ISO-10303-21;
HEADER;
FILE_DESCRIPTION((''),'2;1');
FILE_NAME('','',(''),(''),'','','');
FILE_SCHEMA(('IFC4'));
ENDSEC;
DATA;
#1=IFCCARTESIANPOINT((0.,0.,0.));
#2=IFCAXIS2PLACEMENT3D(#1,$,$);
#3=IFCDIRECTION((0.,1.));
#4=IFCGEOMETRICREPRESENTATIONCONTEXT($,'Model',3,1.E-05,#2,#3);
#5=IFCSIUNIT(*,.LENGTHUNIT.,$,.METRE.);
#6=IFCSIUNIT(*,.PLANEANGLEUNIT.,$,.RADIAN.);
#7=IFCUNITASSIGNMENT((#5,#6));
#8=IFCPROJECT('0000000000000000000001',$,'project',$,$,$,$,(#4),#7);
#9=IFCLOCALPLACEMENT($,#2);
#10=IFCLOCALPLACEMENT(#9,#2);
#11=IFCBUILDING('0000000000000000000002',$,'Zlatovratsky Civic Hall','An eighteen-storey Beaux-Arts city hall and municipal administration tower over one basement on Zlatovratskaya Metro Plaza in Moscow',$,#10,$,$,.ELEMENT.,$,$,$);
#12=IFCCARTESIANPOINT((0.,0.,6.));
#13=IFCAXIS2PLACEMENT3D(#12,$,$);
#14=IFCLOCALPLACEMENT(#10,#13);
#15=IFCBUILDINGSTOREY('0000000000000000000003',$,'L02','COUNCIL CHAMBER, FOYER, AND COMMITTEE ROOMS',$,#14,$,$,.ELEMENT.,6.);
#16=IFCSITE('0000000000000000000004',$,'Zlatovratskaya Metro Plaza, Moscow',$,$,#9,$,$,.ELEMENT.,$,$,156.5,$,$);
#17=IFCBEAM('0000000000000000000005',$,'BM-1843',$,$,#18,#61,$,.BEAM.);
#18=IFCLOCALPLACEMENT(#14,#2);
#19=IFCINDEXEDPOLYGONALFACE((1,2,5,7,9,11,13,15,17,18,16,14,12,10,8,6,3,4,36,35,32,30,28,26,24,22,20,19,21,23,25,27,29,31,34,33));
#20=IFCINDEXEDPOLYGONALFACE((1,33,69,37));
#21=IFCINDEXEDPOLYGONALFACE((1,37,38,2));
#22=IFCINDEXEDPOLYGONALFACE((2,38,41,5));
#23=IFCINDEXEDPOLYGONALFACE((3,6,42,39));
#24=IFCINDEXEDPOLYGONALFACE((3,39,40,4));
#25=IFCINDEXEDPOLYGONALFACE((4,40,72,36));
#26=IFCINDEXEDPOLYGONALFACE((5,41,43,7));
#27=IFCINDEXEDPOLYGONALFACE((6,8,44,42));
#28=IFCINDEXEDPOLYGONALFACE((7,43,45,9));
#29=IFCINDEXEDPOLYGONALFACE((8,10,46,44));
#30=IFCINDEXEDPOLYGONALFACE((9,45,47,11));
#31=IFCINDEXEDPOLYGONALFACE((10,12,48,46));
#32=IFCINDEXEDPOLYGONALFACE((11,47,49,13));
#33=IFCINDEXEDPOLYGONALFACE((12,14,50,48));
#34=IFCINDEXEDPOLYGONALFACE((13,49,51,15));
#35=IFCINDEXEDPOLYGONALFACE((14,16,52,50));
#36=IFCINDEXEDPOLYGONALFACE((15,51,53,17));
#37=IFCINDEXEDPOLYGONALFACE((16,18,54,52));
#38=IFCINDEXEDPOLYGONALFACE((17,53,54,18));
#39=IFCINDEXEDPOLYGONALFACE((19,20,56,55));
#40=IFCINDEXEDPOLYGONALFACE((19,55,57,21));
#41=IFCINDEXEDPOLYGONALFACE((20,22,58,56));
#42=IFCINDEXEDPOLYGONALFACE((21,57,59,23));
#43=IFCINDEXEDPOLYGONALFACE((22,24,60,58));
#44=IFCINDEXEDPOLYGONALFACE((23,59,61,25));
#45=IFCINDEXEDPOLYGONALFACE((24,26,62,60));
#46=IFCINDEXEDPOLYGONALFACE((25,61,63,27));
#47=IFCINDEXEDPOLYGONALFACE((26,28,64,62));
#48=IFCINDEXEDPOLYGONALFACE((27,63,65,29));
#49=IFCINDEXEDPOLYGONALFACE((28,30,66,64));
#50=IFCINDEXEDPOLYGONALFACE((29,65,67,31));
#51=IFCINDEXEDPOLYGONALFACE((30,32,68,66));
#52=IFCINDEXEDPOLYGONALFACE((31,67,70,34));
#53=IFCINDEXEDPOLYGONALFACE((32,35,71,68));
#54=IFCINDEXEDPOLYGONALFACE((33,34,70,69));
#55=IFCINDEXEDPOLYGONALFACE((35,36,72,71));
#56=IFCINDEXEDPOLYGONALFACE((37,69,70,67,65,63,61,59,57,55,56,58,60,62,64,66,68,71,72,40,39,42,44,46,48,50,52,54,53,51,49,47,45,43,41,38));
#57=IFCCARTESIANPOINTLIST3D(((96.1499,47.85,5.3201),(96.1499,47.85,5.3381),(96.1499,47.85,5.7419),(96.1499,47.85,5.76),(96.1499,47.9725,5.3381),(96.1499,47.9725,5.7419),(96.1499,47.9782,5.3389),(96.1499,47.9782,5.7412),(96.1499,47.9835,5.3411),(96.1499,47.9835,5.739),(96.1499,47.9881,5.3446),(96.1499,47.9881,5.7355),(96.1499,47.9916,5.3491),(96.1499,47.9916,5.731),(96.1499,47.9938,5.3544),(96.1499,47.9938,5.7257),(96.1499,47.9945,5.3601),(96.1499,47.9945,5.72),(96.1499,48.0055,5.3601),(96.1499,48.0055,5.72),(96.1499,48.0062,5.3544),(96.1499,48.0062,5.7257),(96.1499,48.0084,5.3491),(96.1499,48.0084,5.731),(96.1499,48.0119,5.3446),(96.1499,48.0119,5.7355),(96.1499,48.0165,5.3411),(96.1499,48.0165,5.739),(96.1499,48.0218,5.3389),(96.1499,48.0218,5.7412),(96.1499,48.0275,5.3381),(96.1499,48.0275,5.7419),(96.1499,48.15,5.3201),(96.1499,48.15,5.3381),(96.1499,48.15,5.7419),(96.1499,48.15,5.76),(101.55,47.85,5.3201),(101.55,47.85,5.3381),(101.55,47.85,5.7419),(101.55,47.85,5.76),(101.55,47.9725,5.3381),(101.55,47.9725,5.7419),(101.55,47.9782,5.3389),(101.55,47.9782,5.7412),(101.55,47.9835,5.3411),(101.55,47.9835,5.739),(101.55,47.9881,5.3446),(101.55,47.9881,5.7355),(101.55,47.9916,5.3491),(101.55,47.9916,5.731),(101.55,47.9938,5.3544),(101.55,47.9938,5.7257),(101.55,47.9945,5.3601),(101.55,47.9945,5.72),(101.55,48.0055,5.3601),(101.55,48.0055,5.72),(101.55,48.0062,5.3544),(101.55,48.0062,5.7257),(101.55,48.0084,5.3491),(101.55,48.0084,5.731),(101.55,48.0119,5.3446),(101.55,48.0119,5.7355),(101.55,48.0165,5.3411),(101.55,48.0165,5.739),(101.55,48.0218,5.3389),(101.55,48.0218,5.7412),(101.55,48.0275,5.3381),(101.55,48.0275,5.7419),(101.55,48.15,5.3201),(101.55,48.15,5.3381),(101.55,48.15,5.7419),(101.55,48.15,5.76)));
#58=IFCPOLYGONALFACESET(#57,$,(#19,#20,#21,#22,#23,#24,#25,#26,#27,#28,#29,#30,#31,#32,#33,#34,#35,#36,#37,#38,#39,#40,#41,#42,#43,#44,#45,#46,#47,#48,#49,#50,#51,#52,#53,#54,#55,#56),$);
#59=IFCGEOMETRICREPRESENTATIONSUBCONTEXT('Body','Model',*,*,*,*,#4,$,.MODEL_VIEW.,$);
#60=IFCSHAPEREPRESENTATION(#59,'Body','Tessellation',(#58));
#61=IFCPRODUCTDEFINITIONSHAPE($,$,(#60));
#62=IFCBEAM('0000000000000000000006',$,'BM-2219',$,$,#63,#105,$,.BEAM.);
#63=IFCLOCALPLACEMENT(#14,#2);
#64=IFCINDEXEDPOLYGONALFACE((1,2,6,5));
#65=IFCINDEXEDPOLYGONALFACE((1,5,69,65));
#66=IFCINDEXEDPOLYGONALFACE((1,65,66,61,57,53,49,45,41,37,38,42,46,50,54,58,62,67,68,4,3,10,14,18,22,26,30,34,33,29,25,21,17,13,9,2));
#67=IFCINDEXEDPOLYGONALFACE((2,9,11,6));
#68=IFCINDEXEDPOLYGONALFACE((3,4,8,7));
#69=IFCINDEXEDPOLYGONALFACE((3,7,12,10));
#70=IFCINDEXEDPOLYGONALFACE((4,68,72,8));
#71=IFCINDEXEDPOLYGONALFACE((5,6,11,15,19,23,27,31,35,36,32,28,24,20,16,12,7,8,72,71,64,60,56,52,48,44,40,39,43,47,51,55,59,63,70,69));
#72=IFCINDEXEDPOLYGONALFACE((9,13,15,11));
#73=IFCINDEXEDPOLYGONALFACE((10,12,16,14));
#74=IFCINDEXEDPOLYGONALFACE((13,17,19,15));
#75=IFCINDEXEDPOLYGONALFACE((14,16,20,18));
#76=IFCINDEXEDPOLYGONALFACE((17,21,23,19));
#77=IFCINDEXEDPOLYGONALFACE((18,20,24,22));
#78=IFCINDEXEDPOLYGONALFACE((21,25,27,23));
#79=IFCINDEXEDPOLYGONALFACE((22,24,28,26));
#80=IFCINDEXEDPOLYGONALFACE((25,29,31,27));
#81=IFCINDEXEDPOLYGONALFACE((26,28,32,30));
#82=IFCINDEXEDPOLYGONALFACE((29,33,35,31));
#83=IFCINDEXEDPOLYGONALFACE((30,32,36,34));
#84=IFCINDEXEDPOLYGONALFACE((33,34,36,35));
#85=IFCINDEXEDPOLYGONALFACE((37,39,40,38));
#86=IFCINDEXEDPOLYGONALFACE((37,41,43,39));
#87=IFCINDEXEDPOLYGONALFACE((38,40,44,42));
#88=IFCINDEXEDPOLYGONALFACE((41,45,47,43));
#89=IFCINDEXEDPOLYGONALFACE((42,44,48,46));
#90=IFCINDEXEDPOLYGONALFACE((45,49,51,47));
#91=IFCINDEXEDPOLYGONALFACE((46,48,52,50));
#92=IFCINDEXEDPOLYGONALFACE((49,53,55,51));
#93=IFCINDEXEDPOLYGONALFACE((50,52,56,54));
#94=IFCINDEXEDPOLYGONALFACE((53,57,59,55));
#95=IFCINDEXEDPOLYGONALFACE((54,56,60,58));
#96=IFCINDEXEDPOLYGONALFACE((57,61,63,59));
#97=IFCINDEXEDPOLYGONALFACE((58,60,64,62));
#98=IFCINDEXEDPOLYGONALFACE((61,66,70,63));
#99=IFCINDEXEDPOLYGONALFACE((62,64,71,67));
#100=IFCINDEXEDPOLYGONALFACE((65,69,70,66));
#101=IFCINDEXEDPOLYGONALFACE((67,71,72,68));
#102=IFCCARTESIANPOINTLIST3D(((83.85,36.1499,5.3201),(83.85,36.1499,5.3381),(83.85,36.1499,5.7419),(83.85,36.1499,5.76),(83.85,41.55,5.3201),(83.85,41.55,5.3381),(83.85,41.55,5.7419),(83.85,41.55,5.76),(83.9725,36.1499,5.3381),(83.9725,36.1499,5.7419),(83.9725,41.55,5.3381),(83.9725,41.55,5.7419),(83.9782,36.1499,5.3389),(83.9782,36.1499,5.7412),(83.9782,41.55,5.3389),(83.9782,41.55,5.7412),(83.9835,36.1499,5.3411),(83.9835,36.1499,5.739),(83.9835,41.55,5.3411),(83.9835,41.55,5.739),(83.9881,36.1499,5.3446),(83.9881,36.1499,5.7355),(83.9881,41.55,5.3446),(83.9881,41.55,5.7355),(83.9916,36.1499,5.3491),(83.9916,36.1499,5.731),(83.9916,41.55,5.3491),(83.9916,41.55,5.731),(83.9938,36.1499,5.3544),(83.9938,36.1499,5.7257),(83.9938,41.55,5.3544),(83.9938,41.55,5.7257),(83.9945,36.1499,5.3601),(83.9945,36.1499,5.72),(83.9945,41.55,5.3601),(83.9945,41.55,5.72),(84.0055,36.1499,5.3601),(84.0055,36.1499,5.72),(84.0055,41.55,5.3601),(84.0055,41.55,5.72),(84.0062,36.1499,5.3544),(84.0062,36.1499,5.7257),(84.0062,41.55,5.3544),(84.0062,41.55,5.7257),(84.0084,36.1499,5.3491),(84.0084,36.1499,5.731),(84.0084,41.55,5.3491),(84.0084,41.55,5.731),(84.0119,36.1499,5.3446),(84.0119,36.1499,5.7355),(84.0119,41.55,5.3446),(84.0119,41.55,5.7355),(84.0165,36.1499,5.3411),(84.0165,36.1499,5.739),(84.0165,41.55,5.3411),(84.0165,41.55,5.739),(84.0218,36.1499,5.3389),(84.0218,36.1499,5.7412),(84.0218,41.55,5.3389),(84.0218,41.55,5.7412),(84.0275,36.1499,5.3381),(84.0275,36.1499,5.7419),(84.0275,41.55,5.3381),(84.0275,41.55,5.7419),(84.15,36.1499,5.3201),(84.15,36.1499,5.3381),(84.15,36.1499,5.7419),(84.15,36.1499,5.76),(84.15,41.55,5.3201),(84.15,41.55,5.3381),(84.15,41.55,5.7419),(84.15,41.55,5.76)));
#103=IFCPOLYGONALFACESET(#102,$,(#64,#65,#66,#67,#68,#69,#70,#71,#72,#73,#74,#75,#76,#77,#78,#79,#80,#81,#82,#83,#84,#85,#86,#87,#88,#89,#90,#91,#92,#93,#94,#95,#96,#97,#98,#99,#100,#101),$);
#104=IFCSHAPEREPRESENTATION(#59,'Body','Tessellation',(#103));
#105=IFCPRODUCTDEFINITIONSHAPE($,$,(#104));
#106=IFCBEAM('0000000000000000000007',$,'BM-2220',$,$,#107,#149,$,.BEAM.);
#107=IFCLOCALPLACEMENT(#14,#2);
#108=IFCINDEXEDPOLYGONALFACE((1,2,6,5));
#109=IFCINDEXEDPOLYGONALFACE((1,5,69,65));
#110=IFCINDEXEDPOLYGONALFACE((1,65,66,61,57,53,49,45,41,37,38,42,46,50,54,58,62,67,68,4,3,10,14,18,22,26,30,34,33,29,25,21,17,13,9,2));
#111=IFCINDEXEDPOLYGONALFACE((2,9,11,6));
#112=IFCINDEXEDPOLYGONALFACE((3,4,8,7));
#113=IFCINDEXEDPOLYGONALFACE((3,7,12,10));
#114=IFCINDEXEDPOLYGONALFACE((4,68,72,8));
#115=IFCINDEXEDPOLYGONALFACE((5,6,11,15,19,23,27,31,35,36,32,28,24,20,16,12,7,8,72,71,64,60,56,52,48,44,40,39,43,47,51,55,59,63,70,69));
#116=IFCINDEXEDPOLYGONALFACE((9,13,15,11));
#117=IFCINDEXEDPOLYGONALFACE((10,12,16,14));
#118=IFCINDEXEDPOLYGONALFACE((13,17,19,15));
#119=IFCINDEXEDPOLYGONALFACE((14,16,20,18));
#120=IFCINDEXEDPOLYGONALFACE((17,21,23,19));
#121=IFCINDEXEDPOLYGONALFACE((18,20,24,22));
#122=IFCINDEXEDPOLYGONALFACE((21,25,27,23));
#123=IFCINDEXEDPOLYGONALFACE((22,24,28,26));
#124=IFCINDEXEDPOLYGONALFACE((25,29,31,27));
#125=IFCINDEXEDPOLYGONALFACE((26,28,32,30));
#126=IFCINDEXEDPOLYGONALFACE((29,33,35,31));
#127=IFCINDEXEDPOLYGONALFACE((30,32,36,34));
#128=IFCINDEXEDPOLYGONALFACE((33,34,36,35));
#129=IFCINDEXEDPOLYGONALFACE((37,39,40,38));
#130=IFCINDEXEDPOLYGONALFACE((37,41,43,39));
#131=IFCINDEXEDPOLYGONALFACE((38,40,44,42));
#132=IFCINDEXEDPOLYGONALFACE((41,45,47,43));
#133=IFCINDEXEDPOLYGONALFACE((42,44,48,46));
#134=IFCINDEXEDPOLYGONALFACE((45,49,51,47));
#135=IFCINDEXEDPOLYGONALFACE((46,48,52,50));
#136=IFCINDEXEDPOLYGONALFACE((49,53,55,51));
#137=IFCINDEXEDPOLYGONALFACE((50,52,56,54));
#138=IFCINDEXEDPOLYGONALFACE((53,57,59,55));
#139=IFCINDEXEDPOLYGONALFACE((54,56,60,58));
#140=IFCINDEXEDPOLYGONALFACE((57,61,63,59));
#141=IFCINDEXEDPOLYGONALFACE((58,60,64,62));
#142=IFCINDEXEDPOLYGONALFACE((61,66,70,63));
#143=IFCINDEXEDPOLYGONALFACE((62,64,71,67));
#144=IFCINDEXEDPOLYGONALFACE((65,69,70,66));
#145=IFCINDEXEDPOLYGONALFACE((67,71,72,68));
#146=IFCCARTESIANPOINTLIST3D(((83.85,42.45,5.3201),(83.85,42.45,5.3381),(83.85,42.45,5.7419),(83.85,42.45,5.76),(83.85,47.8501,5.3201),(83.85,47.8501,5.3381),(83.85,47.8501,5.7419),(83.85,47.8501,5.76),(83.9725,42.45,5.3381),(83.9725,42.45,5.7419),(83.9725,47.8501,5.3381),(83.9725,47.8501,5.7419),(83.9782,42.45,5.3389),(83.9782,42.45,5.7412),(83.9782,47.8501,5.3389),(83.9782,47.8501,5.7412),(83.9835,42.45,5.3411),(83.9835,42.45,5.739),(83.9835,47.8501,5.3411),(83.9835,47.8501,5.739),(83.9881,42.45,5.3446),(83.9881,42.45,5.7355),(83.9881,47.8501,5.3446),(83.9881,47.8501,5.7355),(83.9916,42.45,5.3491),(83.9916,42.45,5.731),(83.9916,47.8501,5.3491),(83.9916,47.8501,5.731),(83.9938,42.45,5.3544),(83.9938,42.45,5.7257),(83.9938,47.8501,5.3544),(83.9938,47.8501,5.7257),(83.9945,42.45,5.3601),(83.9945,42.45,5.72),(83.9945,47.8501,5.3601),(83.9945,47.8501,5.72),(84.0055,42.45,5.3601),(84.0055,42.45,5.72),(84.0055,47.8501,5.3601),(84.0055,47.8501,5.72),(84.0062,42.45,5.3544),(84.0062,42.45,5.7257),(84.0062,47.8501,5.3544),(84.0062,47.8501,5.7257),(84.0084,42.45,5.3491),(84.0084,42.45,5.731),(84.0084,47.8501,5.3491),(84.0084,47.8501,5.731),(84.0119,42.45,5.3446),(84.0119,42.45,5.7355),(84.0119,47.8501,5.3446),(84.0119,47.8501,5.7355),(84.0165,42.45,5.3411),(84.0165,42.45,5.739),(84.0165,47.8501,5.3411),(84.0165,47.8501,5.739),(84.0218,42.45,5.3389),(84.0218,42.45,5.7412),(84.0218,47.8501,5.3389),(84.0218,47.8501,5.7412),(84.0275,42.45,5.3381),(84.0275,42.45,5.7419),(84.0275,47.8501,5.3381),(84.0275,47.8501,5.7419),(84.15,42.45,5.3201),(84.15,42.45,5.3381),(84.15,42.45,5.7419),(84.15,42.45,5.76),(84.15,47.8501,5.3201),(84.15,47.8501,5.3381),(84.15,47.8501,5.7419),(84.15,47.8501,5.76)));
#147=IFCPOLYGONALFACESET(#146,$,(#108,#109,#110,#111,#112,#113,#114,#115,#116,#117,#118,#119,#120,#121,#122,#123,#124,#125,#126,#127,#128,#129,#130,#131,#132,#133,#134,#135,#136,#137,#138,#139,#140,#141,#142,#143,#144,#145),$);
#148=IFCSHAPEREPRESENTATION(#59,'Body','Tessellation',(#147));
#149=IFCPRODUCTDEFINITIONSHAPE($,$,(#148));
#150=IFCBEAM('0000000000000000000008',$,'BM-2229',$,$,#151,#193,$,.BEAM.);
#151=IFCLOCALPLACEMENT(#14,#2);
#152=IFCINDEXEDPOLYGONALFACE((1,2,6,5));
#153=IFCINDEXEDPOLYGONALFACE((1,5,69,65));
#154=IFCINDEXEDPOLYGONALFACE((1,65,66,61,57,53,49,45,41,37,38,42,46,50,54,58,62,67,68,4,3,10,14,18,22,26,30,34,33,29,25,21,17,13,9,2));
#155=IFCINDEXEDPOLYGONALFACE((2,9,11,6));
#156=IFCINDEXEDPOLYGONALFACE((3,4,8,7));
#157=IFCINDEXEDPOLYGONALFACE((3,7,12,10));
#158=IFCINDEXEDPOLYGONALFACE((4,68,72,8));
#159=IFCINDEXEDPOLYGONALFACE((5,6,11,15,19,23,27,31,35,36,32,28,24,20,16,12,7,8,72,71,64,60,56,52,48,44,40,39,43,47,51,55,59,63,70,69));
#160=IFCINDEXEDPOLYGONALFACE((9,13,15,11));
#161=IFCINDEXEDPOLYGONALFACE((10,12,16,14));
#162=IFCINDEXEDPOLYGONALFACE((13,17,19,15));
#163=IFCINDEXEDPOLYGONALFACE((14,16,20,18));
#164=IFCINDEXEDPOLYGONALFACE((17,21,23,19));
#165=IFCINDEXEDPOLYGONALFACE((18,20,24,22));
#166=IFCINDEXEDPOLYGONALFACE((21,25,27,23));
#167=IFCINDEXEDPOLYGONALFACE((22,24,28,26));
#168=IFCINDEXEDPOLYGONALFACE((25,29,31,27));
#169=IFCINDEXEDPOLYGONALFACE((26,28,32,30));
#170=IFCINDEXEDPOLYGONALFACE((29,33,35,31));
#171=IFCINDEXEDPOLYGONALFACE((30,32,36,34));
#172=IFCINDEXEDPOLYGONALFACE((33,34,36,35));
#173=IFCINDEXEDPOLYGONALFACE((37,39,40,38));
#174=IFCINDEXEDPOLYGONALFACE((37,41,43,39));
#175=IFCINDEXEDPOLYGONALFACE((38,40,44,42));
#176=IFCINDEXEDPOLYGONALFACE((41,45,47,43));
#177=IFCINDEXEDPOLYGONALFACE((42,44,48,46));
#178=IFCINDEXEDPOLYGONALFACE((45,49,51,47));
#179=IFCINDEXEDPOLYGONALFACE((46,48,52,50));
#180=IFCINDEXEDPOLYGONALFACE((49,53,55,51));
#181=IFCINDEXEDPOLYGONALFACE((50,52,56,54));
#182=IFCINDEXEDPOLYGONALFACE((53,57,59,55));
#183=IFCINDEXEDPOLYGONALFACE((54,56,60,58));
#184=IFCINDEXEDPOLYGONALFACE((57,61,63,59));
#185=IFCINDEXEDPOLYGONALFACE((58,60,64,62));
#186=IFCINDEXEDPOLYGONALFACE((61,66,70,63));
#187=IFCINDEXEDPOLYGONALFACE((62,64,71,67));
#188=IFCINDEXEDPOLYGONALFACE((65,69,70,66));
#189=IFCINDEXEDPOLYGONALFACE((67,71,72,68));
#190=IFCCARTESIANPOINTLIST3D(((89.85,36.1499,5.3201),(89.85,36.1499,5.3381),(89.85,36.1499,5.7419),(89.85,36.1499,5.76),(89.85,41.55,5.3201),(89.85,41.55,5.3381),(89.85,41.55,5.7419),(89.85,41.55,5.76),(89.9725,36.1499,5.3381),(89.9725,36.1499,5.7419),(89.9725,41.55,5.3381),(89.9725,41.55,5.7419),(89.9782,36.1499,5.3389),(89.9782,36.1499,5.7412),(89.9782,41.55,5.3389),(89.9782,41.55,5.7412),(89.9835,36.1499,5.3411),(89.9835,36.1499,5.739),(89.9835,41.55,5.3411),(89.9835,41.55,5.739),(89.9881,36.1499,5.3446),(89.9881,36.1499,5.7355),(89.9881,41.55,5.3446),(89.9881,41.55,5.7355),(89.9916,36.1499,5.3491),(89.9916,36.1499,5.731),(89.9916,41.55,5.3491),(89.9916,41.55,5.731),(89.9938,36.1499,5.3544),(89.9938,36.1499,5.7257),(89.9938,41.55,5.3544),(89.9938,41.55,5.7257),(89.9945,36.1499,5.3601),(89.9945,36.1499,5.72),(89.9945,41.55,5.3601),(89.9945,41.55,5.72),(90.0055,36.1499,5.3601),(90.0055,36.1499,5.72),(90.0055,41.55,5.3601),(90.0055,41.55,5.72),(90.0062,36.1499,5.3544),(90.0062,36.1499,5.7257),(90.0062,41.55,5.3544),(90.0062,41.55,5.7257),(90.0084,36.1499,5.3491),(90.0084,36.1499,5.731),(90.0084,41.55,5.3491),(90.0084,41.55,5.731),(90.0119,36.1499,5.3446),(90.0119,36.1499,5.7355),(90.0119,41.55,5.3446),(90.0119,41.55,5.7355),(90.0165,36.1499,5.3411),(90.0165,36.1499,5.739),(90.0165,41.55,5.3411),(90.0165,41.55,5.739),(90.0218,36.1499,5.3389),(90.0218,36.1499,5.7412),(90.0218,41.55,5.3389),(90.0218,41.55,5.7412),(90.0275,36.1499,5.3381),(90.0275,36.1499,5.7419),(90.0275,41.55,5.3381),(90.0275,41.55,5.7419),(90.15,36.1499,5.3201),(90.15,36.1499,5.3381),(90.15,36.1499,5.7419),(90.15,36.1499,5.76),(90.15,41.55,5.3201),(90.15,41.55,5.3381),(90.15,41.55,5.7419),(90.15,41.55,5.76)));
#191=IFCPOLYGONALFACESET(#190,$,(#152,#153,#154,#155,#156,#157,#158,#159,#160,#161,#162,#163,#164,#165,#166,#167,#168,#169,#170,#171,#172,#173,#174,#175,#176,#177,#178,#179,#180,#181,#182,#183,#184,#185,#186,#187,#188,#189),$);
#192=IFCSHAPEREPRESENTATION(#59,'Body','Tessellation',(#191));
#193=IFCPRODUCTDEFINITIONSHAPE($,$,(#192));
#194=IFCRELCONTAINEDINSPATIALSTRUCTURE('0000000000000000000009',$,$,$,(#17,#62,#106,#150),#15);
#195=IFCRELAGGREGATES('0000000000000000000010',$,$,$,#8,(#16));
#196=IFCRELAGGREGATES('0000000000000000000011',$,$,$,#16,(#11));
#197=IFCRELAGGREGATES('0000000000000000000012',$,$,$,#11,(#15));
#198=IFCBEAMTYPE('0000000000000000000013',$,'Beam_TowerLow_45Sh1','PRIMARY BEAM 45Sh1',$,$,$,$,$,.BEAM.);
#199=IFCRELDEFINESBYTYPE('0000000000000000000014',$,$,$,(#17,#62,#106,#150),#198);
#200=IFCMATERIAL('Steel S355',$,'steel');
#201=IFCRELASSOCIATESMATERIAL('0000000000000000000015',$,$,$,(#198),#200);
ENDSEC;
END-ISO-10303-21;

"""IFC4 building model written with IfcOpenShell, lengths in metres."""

from ifc_helpers import new_model, si_unit, direction, frame, origin, origin_2d, place, context, subcontext, project, spatial, i_section, extrude, material, material_profile, profile_set, type_object, element, save


model = new_model("IFC4")

# Units and contexts
model_context = context("Model", 3, precision=1e-05, world=origin(), true_north=direction((0.0, 1.0)))
body_context = subcontext(model_context, "Body", "Model", "MODEL_VIEW")
ifc_project = project(units=[si_unit("LENGTHUNIT", "METRE"), si_unit("PLANEANGLEUNIT", "RADIAN")], contexts=[model_context])

# Site, building, storey
site_placement = place(None, origin())
site = spatial("IfcSite", under=ifc_project, at=site_placement, Name="Zlatovratskaya Metro Plaza, Moscow", CompositionType="ELEMENT", RefElevation=156.5)
building_placement = place(site_placement, origin())
building = spatial("IfcBuilding", under=site, at=building_placement, Name="Zlatovratsky Civic Hall", Description="An eighteen-storey Beaux-Arts city hall and municipal administration tower over one basement on Zlatovratskaya Metro Plaza in Moscow", CompositionType="ELEMENT")
storey_placement = place(building_placement, frame((0.0, 0.0, 6.0)))
storey = spatial("IfcBuildingStorey", under=building, at=storey_placement, Name="L02", Description="COUNCIL CHAMBER, FOYER, AND COMMITTEE ROOMS", CompositionType="ELEMENT", Elevation=6.0)

# Shared definitions
ifc_material_1 = material(Name="Steel S355", Category="steel")

# Beams
ifc_material_profile_1 = material_profile(ifc_material_1, i_section(OverallWidth=0.3, OverallDepth=0.4399, WebThickness=0.011, FlangeThickness=0.0181, FilletRadius=0.022, at=origin_2d()), Name="45Sh1")
ifc_profile_set_1 = profile_set([ifc_material_profile_1], Name="Steel S355")
beam_type = type_object("IfcBeamType", Name="Beam_TowerLow_45Sh1", Description="PRIMARY BEAM 45Sh1", PredefinedType="BEAM", material=ifc_profile_set_1)
for number, where, z_axis, x_axis, name in (
    (1, (96.1499, 48.0, 5.54), (1.0, 0.0, 0.0), (0.0, 1.0, 0.0), "BM-1843"),
    (2, (84.0, 36.1499, 5.54), (0.0, 1.0, 0.0), (-1.0, 0.0, 0.0), "BM-2219"),
    (3, (84.0, 42.45, 5.54), (0.0, 1.0, 0.0), (-1.0, 0.0, 0.0), "BM-2220"),
    (4, (90.0, 36.1499, 5.54), (0.0, 1.0, 0.0), (-1.0, 0.0, 0.0), "BM-2229"),
):
    element("IfcBeam", number, at=place(storey_placement, frame(where, z_axis=z_axis, x_axis=x_axis)), inside=storey, type_object=beam_type, Name=name, PredefinedType="BEAM", context=body_context, shape_type="SweptSolid", body=[
        extrude(i_section(OverallWidth=0.3, OverallDepth=0.4399, WebThickness=0.011, FlangeThickness=0.0181, FilletRadius=0.022, at=origin_2d()), origin(), (0.0, 0.0, 1.0), 5.4001),
    ])

save(model, "model.ifc")
